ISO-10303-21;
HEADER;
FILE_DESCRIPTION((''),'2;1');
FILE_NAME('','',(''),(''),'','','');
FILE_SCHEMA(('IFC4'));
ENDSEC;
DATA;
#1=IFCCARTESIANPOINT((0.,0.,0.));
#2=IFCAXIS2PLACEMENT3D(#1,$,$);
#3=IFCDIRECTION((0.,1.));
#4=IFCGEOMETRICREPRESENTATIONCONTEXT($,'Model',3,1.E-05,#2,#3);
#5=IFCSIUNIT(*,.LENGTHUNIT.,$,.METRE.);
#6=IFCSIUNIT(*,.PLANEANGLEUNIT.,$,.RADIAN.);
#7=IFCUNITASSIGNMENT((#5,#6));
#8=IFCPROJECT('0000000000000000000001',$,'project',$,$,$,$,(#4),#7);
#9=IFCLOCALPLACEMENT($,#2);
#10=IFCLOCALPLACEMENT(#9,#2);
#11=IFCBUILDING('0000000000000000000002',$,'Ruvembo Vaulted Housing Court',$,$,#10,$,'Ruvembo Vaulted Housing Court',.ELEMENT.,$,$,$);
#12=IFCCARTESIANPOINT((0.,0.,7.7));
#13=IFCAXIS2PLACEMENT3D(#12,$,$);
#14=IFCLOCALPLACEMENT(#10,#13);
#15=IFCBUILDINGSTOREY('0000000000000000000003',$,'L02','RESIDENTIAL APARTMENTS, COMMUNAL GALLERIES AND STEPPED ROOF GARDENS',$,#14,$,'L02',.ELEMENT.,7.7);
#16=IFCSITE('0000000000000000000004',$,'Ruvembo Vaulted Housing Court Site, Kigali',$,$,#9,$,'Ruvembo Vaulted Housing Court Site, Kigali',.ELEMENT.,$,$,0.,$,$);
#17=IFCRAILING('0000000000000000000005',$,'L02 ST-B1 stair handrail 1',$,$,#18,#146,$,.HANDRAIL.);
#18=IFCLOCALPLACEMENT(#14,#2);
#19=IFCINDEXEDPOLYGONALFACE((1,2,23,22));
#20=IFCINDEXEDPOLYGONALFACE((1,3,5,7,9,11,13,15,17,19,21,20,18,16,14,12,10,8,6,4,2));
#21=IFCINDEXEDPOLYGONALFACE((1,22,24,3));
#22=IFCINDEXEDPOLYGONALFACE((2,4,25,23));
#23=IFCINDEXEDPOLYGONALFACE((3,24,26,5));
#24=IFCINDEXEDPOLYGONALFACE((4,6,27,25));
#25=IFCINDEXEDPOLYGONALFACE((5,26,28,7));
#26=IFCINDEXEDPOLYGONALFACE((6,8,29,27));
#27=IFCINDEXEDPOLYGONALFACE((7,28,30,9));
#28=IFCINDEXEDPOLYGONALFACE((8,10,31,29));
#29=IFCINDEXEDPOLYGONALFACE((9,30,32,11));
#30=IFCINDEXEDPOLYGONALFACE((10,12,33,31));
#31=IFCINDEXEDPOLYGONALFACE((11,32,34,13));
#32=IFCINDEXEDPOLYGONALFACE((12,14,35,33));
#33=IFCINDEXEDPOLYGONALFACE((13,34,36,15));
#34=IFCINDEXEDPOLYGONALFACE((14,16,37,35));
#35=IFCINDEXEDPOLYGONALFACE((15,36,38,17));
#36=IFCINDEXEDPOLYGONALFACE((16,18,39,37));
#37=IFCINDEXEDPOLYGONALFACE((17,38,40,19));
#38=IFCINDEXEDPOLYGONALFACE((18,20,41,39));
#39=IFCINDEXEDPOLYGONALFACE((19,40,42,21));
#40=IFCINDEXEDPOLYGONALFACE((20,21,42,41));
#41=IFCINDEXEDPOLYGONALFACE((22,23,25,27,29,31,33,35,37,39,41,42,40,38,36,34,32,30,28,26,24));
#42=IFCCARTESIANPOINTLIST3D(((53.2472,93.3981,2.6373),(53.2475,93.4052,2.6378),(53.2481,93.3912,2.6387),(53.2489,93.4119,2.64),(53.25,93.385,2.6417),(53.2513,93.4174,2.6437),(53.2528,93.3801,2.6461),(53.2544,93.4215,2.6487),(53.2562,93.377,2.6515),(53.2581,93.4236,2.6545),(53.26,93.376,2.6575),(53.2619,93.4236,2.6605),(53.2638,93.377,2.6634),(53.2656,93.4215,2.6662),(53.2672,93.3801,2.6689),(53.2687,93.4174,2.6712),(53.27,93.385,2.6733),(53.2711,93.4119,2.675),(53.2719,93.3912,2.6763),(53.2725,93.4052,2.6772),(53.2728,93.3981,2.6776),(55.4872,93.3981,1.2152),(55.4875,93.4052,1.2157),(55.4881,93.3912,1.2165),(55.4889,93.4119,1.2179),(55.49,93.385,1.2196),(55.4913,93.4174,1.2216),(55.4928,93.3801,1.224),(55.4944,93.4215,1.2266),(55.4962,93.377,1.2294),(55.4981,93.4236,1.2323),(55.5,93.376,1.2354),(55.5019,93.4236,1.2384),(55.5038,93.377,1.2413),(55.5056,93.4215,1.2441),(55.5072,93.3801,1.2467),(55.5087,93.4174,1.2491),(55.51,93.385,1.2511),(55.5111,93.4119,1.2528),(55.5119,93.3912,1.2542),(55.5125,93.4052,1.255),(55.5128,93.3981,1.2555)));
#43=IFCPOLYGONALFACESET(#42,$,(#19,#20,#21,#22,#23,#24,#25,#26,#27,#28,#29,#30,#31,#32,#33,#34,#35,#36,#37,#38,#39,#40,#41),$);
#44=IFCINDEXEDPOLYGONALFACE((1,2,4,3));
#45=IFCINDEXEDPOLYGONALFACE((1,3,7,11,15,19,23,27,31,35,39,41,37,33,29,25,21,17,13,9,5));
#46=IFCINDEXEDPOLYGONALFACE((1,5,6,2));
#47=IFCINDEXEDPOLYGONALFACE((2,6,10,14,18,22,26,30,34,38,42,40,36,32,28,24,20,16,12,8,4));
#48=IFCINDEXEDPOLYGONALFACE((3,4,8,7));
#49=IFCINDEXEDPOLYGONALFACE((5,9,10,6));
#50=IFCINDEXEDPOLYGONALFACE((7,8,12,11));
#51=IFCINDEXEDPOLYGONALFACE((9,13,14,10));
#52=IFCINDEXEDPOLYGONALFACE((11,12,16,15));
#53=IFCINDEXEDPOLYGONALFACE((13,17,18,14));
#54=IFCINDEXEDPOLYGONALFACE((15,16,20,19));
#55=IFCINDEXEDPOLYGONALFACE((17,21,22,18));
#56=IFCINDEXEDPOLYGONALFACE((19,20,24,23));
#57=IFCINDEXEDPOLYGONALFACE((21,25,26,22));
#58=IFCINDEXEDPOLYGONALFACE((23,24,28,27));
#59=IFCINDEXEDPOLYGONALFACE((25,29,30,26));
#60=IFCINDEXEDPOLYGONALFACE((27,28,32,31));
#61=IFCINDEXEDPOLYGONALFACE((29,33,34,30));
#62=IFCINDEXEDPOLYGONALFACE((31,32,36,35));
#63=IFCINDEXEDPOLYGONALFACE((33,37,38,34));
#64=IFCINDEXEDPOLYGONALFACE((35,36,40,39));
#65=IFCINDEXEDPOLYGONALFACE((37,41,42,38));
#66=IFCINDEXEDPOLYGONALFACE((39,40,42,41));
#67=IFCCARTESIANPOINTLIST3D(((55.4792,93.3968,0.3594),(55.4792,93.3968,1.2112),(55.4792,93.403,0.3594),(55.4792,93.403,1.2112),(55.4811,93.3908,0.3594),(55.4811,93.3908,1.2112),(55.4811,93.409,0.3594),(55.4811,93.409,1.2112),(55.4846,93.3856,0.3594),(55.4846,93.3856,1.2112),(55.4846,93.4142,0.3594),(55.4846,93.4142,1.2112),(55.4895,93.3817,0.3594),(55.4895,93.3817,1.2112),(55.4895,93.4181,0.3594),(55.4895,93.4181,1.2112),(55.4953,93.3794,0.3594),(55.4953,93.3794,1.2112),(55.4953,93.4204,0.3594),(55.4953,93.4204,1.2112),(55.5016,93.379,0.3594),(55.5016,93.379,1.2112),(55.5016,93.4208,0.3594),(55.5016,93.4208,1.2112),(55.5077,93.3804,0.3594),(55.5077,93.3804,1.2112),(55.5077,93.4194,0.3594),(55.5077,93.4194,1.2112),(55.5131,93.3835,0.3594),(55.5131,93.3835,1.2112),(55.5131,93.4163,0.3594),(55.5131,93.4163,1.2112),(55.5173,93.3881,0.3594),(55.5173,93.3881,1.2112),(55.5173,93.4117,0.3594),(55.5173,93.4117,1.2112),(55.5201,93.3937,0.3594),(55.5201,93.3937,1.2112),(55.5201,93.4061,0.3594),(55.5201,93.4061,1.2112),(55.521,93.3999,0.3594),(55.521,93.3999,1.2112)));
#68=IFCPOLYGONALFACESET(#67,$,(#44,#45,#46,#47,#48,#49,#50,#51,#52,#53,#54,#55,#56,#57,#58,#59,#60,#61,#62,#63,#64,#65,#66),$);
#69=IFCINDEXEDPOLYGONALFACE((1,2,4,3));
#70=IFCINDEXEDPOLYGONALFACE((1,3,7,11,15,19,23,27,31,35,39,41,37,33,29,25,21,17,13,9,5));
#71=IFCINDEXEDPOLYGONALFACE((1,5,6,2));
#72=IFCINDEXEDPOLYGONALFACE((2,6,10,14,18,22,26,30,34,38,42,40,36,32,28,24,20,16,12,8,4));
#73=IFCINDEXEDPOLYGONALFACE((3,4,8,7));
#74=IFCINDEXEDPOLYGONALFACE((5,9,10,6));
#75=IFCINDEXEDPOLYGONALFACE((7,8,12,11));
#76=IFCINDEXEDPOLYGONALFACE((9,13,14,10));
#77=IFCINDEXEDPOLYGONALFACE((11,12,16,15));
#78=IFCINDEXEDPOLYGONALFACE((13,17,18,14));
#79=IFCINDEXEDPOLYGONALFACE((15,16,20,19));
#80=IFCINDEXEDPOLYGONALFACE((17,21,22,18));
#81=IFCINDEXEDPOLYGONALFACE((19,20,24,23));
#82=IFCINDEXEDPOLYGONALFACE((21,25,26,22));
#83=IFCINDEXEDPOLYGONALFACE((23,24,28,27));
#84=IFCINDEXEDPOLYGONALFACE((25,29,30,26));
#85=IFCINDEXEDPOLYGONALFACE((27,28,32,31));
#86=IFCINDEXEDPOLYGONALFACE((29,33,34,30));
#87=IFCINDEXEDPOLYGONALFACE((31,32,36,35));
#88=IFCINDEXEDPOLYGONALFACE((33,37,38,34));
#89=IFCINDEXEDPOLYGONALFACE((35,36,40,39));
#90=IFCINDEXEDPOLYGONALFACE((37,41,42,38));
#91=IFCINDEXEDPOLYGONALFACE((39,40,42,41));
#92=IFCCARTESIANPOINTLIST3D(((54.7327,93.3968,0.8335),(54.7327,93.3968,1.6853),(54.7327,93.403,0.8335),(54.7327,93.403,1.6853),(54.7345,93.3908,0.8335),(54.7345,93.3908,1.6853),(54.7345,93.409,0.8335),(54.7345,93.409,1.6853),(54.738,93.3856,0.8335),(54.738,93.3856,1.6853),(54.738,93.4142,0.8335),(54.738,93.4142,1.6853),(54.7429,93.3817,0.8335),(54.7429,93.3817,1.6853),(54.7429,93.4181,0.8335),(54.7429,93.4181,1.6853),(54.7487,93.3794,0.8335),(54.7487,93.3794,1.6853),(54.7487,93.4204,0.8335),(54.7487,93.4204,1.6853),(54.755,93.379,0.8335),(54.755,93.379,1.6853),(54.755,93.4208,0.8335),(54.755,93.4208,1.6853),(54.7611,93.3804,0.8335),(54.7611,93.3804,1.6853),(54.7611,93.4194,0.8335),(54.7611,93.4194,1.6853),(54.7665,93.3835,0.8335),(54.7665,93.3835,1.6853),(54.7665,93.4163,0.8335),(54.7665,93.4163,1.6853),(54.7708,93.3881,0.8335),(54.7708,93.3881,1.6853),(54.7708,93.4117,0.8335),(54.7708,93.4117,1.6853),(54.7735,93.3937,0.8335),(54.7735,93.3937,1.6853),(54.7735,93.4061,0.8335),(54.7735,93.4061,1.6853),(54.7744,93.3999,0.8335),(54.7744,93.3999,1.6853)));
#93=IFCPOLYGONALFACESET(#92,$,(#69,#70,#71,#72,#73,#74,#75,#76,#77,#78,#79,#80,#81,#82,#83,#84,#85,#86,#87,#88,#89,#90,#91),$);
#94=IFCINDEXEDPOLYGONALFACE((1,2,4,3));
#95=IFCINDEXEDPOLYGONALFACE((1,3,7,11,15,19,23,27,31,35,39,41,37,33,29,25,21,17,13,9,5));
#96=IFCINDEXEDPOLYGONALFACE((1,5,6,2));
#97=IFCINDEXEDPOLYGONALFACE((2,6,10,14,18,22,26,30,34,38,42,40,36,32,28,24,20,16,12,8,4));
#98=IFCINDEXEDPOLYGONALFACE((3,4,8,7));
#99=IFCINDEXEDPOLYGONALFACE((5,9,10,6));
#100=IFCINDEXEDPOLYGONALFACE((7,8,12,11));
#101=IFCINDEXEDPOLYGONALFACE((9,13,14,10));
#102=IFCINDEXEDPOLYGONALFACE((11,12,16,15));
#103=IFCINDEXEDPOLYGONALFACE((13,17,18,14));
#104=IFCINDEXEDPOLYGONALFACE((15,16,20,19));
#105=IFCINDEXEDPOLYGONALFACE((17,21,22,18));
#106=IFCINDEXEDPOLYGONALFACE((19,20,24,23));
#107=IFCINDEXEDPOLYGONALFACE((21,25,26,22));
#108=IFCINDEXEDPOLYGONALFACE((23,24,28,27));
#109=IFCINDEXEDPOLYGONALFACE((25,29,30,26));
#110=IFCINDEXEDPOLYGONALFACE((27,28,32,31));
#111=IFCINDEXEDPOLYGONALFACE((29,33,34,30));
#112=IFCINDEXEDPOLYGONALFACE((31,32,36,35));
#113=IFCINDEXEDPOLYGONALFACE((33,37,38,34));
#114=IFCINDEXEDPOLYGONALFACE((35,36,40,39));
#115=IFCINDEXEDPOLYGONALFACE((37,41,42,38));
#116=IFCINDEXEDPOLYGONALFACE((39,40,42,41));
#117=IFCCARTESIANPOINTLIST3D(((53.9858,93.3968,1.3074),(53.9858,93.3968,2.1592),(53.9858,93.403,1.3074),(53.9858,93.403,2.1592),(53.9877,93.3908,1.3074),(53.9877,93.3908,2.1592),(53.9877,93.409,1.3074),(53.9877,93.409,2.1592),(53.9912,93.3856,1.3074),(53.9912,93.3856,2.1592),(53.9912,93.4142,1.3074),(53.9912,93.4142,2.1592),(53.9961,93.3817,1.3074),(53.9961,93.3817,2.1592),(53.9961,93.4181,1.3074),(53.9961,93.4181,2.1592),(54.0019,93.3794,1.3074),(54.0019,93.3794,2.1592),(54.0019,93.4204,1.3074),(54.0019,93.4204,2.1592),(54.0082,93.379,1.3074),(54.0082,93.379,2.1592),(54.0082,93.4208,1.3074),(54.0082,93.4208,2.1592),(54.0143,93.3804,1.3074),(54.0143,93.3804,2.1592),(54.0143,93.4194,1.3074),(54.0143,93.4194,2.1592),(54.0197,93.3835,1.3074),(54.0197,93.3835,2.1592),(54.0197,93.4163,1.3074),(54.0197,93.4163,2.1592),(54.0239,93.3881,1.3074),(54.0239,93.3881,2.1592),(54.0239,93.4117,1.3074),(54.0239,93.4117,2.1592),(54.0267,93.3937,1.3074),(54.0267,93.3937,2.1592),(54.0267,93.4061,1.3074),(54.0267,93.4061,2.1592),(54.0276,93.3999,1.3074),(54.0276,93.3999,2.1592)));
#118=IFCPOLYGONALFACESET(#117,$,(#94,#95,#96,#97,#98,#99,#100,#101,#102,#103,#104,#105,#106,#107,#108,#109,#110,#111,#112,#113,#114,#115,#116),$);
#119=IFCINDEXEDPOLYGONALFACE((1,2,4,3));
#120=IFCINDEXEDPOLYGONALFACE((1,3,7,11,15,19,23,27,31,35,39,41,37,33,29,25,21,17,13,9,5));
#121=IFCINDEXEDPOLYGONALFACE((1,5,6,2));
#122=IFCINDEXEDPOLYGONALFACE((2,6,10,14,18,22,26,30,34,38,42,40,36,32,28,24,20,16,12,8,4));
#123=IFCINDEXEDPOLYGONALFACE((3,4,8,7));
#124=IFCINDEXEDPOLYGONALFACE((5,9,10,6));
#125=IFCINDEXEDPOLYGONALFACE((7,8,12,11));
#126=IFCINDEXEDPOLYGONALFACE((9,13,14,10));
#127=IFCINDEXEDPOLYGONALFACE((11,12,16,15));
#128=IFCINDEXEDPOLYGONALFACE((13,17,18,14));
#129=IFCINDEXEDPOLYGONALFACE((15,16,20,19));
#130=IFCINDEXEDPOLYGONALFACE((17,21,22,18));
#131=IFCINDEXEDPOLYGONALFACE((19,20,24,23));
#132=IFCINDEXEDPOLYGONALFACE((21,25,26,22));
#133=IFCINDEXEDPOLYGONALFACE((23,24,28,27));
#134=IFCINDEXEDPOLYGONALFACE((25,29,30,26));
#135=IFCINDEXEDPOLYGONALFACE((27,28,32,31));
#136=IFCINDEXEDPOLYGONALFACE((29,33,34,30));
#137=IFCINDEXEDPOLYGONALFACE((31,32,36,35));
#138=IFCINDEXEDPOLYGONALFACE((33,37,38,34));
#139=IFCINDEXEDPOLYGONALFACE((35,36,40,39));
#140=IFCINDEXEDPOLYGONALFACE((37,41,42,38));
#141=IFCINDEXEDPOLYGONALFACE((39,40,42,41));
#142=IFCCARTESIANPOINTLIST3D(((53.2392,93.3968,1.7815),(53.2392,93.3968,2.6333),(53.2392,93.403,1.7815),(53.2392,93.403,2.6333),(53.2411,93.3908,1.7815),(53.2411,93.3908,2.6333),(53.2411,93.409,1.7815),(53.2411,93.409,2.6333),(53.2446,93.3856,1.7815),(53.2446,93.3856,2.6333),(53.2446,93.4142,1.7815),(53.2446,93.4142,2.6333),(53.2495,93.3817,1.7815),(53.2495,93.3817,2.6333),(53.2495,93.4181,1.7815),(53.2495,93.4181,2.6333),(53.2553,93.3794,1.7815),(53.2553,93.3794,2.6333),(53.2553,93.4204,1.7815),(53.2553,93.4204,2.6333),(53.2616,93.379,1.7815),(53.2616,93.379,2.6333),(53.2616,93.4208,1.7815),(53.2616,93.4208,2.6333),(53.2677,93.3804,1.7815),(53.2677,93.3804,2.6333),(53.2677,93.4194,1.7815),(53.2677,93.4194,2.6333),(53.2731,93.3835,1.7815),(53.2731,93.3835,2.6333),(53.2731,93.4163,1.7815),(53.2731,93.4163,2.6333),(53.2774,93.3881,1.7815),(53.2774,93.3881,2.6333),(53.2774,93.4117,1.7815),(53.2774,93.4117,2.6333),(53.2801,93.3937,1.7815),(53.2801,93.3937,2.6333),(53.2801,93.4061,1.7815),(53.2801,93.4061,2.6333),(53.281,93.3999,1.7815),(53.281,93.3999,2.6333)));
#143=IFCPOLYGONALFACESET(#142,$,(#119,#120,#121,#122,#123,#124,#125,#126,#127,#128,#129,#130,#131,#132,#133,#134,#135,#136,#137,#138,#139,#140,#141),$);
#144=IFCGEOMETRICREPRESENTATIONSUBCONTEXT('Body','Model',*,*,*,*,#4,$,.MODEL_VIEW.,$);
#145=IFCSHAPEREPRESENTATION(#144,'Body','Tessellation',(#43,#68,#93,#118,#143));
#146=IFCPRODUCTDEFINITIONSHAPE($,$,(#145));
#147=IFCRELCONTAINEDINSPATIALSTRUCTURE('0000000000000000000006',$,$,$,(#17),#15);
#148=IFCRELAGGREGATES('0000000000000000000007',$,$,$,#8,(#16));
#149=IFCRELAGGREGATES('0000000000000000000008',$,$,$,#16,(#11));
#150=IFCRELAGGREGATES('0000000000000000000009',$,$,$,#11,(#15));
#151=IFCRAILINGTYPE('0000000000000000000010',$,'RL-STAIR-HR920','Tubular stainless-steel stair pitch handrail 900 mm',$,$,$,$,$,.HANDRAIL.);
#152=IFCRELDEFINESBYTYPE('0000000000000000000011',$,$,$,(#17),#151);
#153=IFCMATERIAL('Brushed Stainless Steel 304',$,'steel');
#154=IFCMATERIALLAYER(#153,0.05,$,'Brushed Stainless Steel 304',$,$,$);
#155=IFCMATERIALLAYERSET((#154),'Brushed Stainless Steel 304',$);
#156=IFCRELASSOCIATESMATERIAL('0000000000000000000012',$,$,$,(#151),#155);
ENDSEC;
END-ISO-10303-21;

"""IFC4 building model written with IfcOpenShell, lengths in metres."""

from ifc_helpers import new_model, si_unit, direction, frame, origin, origin_2d, place, context, subcontext, project, spatial, circle, extrude, material, layer, layer_set, type_object, element, save


model = new_model("IFC4")

# Units and contexts
model_context = context("Model", 3, precision=1e-05, world=origin(), true_north=direction((0.0, 1.0)))
body_context = subcontext(model_context, "Body", "Model", "MODEL_VIEW")
ifc_project = project(units=[si_unit("LENGTHUNIT", "METRE"), si_unit("PLANEANGLEUNIT", "RADIAN")], contexts=[model_context])

# Site, building, storey
site_placement = place(None, origin())
site = spatial("IfcSite", under=ifc_project, at=site_placement, Name="Ruvembo Vaulted Housing Court Site, Kigali", LongName="Ruvembo Vaulted Housing Court Site, Kigali", CompositionType="ELEMENT", RefElevation=0.0)
building_placement = place(site_placement, origin())
building = spatial("IfcBuilding", under=site, at=building_placement, Name="Ruvembo Vaulted Housing Court", LongName="Ruvembo Vaulted Housing Court", CompositionType="ELEMENT")
storey_placement = place(building_placement, frame((0.0, 0.0, 7.7)))
storey = spatial("IfcBuildingStorey", under=building, at=storey_placement, Name="L02", Description="RESIDENTIAL APARTMENTS, COMMUNAL GALLERIES AND STEPPED ROOF GARDENS", LongName="L02", CompositionType="ELEMENT", Elevation=7.7)

# Shared definitions
ifc_material_1 = material(Name="Brushed Stainless Steel 304", Category="steel")

# Railing
ifc_layer_1 = layer(ifc_material_1, 0.05, Name="Brushed Stainless Steel 304")
ifc_layer_set_1 = layer_set([ifc_layer_1], Name="Brushed Stainless Steel 304")
railing_type_1 = type_object("IfcRailingType", Name="RL-STAIR-HR920", Description="Tubular stainless-steel stair pitch handrail 900 mm", PredefinedType="HANDRAIL", material=ifc_layer_set_1)
railing_1_placement = place(storey_placement, frame((55.5, 93.3999, 0.3594)))
element("IfcRailing", 1, at=railing_1_placement, inside=storey, type_object=railing_type_1, Name="L02 ST-B1 stair handrail 1", PredefinedType="HANDRAIL", context=body_context, shape_type="SweptSolid", body=[
    extrude(circle(Radius=0.0239, at=origin_2d()), frame((0.0, 0.0, 0.876), z_axis=(-0.844229, 0.0, 0.535982), x_axis=(0.0, -1.0, 0.0)), (0.0, 0.0, 1.0), 2.6533),
    extrude(circle(Radius=0.021, at=origin_2d()), origin(), (0.0, 0.0, 1.0), 0.8518),
    extrude(circle(Radius=0.021, at=origin_2d()), frame((-0.7466, 0.0, 0.4741)), (0.0, 0.0, 1.0), 0.8518),
    extrude(circle(Radius=0.021, at=origin_2d()), frame((-1.4934, 0.0, 0.948)), (0.0, 0.0, 1.0), 0.8518),
    extrude(circle(Radius=0.021, at=origin_2d()), frame((-2.24, 0.0, 1.4221)), (0.0, 0.0, 1.0), 0.8518),
])

save(model, "model.ifc")
